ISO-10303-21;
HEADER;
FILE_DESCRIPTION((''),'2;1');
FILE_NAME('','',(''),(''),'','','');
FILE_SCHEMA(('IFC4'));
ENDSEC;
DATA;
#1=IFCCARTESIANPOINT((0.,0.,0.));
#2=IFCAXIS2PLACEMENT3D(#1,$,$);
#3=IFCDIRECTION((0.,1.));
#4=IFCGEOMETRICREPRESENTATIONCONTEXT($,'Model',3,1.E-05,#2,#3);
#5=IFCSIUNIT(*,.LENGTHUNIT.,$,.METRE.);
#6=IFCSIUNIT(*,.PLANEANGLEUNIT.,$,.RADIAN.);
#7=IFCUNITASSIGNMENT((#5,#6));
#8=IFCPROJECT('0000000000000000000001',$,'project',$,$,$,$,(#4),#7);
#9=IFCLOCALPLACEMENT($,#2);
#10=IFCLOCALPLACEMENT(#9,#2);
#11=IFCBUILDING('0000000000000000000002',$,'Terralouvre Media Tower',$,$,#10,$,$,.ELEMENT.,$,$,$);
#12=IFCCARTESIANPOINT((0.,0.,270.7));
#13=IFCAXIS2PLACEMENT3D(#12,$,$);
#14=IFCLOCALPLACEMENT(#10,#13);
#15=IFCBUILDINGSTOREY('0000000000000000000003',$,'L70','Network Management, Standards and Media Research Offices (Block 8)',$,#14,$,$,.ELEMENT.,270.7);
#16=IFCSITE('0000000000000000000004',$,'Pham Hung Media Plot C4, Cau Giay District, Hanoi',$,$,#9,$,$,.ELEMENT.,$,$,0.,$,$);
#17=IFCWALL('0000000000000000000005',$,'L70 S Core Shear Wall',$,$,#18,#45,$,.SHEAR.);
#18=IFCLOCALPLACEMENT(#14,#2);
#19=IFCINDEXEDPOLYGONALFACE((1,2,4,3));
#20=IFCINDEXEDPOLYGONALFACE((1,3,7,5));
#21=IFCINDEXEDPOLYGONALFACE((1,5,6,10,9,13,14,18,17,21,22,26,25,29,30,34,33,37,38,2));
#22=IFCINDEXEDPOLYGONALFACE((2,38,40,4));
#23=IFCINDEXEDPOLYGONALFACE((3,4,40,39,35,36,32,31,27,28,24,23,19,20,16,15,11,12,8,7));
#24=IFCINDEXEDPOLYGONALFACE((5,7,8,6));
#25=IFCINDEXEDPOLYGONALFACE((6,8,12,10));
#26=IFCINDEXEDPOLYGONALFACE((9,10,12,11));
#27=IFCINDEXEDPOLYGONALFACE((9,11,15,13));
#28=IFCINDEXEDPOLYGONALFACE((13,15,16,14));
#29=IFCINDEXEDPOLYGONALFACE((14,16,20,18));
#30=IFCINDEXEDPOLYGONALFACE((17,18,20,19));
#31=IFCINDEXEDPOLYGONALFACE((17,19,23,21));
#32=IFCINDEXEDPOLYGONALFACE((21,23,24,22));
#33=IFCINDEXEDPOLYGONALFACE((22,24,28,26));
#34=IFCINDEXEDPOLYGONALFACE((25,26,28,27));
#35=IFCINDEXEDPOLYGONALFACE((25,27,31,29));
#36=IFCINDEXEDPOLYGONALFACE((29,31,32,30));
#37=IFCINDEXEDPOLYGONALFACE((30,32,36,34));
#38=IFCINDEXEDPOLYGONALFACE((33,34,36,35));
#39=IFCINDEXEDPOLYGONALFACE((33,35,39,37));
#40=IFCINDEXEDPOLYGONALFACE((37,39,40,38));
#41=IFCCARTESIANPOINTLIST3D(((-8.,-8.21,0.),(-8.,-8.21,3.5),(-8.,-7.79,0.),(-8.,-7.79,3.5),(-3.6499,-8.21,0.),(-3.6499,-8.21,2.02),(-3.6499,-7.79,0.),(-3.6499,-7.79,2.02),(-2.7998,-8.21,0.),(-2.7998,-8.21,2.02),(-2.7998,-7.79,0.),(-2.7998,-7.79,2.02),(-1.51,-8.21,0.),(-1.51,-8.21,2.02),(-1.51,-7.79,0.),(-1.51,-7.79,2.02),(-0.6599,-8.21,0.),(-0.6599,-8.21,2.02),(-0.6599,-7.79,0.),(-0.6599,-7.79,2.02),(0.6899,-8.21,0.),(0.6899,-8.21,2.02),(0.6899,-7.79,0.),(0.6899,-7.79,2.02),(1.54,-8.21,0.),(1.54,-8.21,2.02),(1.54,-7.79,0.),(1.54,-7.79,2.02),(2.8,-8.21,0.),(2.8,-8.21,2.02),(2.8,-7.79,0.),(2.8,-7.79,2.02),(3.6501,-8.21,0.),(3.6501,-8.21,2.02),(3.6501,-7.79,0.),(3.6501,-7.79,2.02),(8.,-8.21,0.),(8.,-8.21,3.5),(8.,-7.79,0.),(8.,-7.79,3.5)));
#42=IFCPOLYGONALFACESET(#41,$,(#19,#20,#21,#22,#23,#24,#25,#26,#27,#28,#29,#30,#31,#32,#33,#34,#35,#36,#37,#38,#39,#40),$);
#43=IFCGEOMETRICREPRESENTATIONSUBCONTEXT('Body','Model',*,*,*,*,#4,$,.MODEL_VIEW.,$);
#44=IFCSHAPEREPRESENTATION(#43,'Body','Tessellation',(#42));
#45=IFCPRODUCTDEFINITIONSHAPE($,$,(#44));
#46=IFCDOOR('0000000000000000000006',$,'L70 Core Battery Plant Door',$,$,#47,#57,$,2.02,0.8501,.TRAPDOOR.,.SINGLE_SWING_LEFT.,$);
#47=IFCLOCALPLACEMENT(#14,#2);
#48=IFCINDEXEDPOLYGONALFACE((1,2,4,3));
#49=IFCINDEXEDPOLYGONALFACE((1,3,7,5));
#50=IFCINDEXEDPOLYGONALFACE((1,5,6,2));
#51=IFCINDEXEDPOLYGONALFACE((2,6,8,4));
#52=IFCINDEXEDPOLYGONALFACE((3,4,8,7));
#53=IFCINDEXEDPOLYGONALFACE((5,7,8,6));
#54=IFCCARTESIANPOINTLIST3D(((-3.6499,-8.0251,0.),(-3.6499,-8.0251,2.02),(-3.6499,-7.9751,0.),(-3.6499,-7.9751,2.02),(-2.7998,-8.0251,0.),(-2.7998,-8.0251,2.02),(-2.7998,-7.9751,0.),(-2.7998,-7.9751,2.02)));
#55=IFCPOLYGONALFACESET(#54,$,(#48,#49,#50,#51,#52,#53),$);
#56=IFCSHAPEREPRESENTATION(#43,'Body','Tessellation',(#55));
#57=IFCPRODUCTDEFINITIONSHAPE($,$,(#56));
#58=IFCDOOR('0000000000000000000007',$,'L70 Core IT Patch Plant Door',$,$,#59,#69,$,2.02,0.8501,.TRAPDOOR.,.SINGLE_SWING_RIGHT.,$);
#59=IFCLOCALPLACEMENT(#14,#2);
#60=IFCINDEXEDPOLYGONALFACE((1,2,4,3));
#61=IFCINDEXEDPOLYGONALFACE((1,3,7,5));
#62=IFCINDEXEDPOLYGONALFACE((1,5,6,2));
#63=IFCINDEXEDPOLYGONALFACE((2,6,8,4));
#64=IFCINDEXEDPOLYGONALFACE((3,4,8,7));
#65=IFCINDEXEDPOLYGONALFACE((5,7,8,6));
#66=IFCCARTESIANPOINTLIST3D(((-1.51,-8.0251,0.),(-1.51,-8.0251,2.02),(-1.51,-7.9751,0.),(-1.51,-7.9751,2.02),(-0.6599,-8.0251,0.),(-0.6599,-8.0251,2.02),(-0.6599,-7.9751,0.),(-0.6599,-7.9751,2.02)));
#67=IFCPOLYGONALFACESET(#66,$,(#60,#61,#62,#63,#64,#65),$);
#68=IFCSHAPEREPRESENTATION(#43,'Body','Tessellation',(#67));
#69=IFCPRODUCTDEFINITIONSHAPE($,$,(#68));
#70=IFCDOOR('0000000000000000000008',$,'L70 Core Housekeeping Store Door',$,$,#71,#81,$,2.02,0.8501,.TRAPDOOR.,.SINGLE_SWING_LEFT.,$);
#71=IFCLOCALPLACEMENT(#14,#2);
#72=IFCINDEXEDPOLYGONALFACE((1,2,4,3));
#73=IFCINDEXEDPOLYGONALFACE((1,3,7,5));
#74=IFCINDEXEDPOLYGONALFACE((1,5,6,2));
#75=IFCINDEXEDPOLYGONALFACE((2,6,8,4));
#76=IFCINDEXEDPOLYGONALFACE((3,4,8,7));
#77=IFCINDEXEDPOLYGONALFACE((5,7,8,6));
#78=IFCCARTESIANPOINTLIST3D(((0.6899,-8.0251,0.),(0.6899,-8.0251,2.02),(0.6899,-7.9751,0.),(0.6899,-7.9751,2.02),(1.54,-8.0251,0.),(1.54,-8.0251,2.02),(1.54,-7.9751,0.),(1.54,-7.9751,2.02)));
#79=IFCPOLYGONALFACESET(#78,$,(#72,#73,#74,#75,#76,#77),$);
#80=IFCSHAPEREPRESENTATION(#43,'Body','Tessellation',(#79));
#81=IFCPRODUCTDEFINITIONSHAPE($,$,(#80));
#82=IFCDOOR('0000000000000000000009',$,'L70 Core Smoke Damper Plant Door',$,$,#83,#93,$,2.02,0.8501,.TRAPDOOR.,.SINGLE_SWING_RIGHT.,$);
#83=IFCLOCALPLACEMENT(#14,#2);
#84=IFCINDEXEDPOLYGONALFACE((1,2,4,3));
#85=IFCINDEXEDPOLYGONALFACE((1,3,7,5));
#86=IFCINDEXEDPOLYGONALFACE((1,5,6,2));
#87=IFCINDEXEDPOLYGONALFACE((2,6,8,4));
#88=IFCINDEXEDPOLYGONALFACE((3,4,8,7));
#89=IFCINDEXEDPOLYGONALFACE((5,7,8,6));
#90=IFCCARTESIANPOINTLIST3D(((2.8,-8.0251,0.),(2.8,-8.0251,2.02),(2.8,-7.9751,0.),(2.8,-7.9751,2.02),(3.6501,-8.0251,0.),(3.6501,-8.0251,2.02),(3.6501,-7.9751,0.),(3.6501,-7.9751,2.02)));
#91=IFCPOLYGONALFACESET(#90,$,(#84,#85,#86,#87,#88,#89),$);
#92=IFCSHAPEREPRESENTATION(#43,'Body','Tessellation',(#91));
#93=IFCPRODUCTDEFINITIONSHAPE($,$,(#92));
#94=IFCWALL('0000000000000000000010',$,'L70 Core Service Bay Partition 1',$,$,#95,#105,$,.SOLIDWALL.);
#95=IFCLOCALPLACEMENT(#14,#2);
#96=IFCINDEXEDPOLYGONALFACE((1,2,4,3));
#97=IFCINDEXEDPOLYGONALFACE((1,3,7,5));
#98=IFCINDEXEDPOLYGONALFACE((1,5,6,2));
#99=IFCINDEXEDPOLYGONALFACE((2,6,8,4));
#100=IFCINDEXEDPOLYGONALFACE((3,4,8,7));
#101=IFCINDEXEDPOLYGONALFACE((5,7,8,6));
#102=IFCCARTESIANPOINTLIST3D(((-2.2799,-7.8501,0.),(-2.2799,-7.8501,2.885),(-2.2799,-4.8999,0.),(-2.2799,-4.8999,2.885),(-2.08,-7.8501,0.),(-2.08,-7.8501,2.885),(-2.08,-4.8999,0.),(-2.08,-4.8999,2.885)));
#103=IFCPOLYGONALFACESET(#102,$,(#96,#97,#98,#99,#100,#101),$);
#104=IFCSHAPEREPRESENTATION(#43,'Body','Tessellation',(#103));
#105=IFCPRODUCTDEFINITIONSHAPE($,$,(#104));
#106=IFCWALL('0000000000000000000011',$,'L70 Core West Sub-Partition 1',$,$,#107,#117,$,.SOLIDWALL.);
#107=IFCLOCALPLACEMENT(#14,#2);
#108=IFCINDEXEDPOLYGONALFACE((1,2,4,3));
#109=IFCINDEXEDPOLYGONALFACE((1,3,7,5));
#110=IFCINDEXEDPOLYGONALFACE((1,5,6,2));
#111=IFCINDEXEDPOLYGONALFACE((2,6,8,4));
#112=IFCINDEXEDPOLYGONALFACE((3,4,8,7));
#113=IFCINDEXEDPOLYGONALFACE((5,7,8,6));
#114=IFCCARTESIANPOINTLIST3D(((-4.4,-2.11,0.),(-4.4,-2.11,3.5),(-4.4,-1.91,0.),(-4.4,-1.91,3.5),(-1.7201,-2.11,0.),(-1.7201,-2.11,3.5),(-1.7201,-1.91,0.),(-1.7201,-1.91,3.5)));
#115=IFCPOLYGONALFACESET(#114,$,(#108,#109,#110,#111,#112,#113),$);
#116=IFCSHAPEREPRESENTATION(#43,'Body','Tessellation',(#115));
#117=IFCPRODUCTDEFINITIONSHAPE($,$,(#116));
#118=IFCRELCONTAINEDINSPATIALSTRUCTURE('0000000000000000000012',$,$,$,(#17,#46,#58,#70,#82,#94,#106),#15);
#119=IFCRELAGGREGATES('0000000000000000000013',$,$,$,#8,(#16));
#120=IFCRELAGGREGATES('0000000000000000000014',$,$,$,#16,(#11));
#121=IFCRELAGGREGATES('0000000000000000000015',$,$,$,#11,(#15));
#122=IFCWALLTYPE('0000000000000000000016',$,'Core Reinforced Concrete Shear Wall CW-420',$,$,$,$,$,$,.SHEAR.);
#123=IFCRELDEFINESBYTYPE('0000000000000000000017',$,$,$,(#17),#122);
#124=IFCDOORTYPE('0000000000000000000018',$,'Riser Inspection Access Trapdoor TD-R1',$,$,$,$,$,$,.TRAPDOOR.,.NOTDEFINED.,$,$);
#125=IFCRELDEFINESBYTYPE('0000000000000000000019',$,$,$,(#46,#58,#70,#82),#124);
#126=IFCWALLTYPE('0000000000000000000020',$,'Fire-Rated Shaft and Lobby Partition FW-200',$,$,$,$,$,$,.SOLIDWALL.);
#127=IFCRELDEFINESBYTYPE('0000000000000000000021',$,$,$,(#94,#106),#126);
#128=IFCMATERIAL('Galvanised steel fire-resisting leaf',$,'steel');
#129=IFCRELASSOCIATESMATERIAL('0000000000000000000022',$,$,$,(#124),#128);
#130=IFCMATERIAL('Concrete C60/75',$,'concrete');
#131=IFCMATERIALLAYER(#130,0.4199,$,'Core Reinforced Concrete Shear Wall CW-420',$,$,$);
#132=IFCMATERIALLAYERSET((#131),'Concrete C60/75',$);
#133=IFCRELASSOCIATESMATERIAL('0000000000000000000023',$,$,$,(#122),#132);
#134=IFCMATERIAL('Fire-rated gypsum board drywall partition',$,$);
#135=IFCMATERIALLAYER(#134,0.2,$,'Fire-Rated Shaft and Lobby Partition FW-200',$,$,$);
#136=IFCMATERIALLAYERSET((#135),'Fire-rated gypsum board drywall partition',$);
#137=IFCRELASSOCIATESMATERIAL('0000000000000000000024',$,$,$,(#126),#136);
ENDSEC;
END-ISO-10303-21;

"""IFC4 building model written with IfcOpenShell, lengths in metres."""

from ifc_helpers import new_model, si_unit, direction, frame, frame_2d, origin, place, context, subcontext, project, spatial, rectangle, extrude, material, layer, layer_set, type_object, element, fill, save


model = new_model("IFC4")

# Units and contexts
model_context = context("Model", 3, precision=1e-05, world=origin(), true_north=direction((0.0, 1.0)))
body_context = subcontext(model_context, "Body", "Model", "MODEL_VIEW")
ifc_project = project(units=[si_unit("LENGTHUNIT", "METRE"), si_unit("PLANEANGLEUNIT", "RADIAN")], contexts=[model_context])

# Site, building, storey
site_placement = place(None, origin())
site = spatial("IfcSite", under=ifc_project, at=site_placement, Name="Pham Hung Media Plot C4, Cau Giay District, Hanoi", CompositionType="ELEMENT", RefElevation=0.0)
building_placement = place(site_placement, origin())
building = spatial("IfcBuilding", under=site, at=building_placement, Name="Terralouvre Media Tower", CompositionType="ELEMENT")
storey_placement = place(building_placement, frame((0.0, 0.0, 270.7)))
storey = spatial("IfcBuildingStorey", under=building, at=storey_placement, Name="L70", Description="Network Management, Standards and Media Research Offices (Block 8)", CompositionType="ELEMENT", Elevation=270.7)

# Wall, openings, doors
ifc_material_1 = material(Name="Galvanised steel fire-resisting leaf", Category="steel")
door_type_1 = type_object("IfcDoorType", Name="Riser Inspection Access Trapdoor TD-R1", OperationType="NOTDEFINED", PredefinedType="TRAPDOOR", material=ifc_material_1)
ifc_material_2 = material(Name="Concrete C60/75", Category="concrete")
ifc_layer_1 = layer(ifc_material_2, 0.4199, Name="Core Reinforced Concrete Shear Wall CW-420")
ifc_layer_set_1 = layer_set([ifc_layer_1], Name="Concrete C60/75")
wall_type_1 = type_object("IfcWallType", Name="Core Reinforced Concrete Shear Wall CW-420", PredefinedType="SHEAR", material=ifc_layer_set_1)
wall_1_placement = place(storey_placement, frame((-8.0, -8.0, 0.0), z_axis=(0.0, 0.0, 1.0), x_axis=(1.0, 0.0, 0.0)))
wall_1 = element("IfcWall", 1, at=wall_1_placement, inside=storey, type_object=wall_type_1, Name="L70 S Core Shear Wall", PredefinedType="SHEAR", context=body_context, shape_type="SweptSolid", body=[
    extrude(rectangle(XDim=16.0, YDim=0.4199, at=frame_2d((8.0, 0.0))), origin(), (0.0, 0.0, 1.0), 3.5),
])
opening_1_placement = place(wall_1_placement, frame((4.3501, 0.0, 0.0)))
opening_1 = element("IfcOpeningElement", 2, at=opening_1_placement, cuts=wall_1, PredefinedType="OPENING", context=body_context, shape_type="SweptSolid", body=[
    extrude(rectangle(XDim=0.8501, YDim=2.02, at=frame_2d((0.425, 1.01))), frame((0.0, 0.22, 0.0), z_axis=(0.0, -1.0, 0.0), x_axis=(1.0, 0.0, 0.0)), (0.0, 0.0, 1.0), 0.4399),
])
opening_2_placement = place(wall_1_placement, frame((6.49, 0.0, 0.0)))
opening_2 = element("IfcOpeningElement", 3, at=opening_2_placement, cuts=wall_1, PredefinedType="OPENING", context=body_context, shape_type="SweptSolid", body=[
    extrude(rectangle(XDim=0.8501, YDim=2.02, at=frame_2d((0.425, 1.01))), frame((0.0, 0.22, 0.0), z_axis=(0.0, -1.0, 0.0), x_axis=(1.0, 0.0, 0.0)), (0.0, 0.0, 1.0), 0.4399),
])
opening_3_placement = place(wall_1_placement, frame((8.6899, 0.0, 0.0)))
opening_3 = element("IfcOpeningElement", 4, at=opening_3_placement, cuts=wall_1, PredefinedType="OPENING", context=body_context, shape_type="SweptSolid", body=[
    extrude(rectangle(XDim=0.8501, YDim=2.02, at=frame_2d((0.425, 1.01))), frame((0.0, 0.22, 0.0), z_axis=(0.0, -1.0, 0.0), x_axis=(1.0, 0.0, 0.0)), (0.0, 0.0, 1.0), 0.4399),
])
opening_4_placement = place(wall_1_placement, frame((10.8, 0.0, 0.0)))
opening_4 = element("IfcOpeningElement", 5, at=opening_4_placement, cuts=wall_1, PredefinedType="OPENING", context=body_context, shape_type="SweptSolid", body=[
    extrude(rectangle(XDim=0.8501, YDim=2.02, at=frame_2d((0.425, 1.01))), frame((0.0, 0.22, 0.0), z_axis=(0.0, -1.0, 0.0), x_axis=(1.0, 0.0, 0.0)), (0.0, 0.0, 1.0), 0.4399),
])
door_1_placement = place(opening_1_placement, origin())
door_1 = element("IfcDoor", 6, at=door_1_placement, inside=storey, type_object=door_type_1, Name="L70 Core Battery Plant Door", OperationType="SINGLE_SWING_LEFT", OverallHeight=2.02, OverallWidth=0.8501, PredefinedType="TRAPDOOR", context=body_context, shape_type="SweptSolid", body=[
    extrude(rectangle(XDim=0.8501, YDim=2.02, at=frame_2d((0.425, 1.01))), frame((0.0, 0.0249, 0.0), z_axis=(0.0, -1.0, 0.0), x_axis=(1.0, 0.0, 0.0)), (0.0, 0.0, 1.0), 0.05),
])
fill(opening_1, door_1)
door_2_placement = place(opening_2_placement, origin())
door_2 = element("IfcDoor", 7, at=door_2_placement, inside=storey, type_object=door_type_1, Name="L70 Core IT Patch Plant Door", OperationType="SINGLE_SWING_RIGHT", OverallHeight=2.02, OverallWidth=0.8501, PredefinedType="TRAPDOOR", context=body_context, shape_type="SweptSolid", body=[
    extrude(rectangle(XDim=0.8501, YDim=2.02, at=frame_2d((0.425, 1.01))), frame((0.0, 0.0249, 0.0), z_axis=(0.0, -1.0, 0.0), x_axis=(1.0, 0.0, 0.0)), (0.0, 0.0, 1.0), 0.05),
])
fill(opening_2, door_2)
door_3_placement = place(opening_3_placement, origin())
door_3 = element("IfcDoor", 8, at=door_3_placement, inside=storey, type_object=door_type_1, Name="L70 Core Housekeeping Store Door", OperationType="SINGLE_SWING_LEFT", OverallHeight=2.02, OverallWidth=0.8501, PredefinedType="TRAPDOOR", context=body_context, shape_type="SweptSolid", body=[
    extrude(rectangle(XDim=0.8501, YDim=2.02, at=frame_2d((0.425, 1.01))), frame((0.0, 0.0249, 0.0), z_axis=(0.0, -1.0, 0.0), x_axis=(1.0, 0.0, 0.0)), (0.0, 0.0, 1.0), 0.05),
])
fill(opening_3, door_3)
door_4_placement = place(opening_4_placement, origin())
door_4 = element("IfcDoor", 9, at=door_4_placement, inside=storey, type_object=door_type_1, Name="L70 Core Smoke Damper Plant Door", OperationType="SINGLE_SWING_RIGHT", OverallHeight=2.02, OverallWidth=0.8501, PredefinedType="TRAPDOOR", context=body_context, shape_type="SweptSolid", body=[
    extrude(rectangle(XDim=0.8501, YDim=2.02, at=frame_2d((0.425, 1.01))), frame((0.0, 0.0249, 0.0), z_axis=(0.0, -1.0, 0.0), x_axis=(1.0, 0.0, 0.0)), (0.0, 0.0, 1.0), 0.05),
])
fill(opening_4, door_4)

# Walls
ifc_material_3 = material(Name="Fire-rated gypsum board drywall partition")
ifc_layer_2 = layer(ifc_material_3, 0.2, Name="Fire-Rated Shaft and Lobby Partition FW-200")
ifc_layer_set_2 = layer_set([ifc_layer_2], Name="Fire-rated gypsum board drywall partition")
wall_type_2 = type_object("IfcWallType", Name="Fire-Rated Shaft and Lobby Partition FW-200", PredefinedType="SOLIDWALL", material=ifc_layer_set_2)
wall_2_placement = place(storey_placement, frame((-2.1799, -7.8501, 0.0), z_axis=(0.0, 0.0, 1.0), x_axis=(0.0, 1.0, 0.0)))
element("IfcWall", 10, at=wall_2_placement, inside=storey, type_object=wall_type_2, Name="L70 Core Service Bay Partition 1", PredefinedType="SOLIDWALL", context=body_context, shape_type="SweptSolid", body=[
    extrude(rectangle(XDim=2.9502, YDim=0.2, at=frame_2d((1.4751, 0.0))), origin(), (0.0, 0.0, 1.0), 2.885),
])
wall_3_placement = place(storey_placement, frame((-4.3999, -2.01, 0.0), z_axis=(0.0, 0.0, 1.0), x_axis=(1.0, 0.0, 0.0)))
element("IfcWall", 11, at=wall_3_placement, inside=storey, type_object=wall_type_2, Name="L70 Core West Sub-Partition 1", PredefinedType="SOLIDWALL", context=body_context, shape_type="SweptSolid", body=[
    extrude(rectangle(XDim=2.6799, YDim=0.2, at=frame_2d((1.3398, 0.0))), origin(), (0.0, 0.0, 1.0), 3.5),
])

save(model, "model.ifc")
